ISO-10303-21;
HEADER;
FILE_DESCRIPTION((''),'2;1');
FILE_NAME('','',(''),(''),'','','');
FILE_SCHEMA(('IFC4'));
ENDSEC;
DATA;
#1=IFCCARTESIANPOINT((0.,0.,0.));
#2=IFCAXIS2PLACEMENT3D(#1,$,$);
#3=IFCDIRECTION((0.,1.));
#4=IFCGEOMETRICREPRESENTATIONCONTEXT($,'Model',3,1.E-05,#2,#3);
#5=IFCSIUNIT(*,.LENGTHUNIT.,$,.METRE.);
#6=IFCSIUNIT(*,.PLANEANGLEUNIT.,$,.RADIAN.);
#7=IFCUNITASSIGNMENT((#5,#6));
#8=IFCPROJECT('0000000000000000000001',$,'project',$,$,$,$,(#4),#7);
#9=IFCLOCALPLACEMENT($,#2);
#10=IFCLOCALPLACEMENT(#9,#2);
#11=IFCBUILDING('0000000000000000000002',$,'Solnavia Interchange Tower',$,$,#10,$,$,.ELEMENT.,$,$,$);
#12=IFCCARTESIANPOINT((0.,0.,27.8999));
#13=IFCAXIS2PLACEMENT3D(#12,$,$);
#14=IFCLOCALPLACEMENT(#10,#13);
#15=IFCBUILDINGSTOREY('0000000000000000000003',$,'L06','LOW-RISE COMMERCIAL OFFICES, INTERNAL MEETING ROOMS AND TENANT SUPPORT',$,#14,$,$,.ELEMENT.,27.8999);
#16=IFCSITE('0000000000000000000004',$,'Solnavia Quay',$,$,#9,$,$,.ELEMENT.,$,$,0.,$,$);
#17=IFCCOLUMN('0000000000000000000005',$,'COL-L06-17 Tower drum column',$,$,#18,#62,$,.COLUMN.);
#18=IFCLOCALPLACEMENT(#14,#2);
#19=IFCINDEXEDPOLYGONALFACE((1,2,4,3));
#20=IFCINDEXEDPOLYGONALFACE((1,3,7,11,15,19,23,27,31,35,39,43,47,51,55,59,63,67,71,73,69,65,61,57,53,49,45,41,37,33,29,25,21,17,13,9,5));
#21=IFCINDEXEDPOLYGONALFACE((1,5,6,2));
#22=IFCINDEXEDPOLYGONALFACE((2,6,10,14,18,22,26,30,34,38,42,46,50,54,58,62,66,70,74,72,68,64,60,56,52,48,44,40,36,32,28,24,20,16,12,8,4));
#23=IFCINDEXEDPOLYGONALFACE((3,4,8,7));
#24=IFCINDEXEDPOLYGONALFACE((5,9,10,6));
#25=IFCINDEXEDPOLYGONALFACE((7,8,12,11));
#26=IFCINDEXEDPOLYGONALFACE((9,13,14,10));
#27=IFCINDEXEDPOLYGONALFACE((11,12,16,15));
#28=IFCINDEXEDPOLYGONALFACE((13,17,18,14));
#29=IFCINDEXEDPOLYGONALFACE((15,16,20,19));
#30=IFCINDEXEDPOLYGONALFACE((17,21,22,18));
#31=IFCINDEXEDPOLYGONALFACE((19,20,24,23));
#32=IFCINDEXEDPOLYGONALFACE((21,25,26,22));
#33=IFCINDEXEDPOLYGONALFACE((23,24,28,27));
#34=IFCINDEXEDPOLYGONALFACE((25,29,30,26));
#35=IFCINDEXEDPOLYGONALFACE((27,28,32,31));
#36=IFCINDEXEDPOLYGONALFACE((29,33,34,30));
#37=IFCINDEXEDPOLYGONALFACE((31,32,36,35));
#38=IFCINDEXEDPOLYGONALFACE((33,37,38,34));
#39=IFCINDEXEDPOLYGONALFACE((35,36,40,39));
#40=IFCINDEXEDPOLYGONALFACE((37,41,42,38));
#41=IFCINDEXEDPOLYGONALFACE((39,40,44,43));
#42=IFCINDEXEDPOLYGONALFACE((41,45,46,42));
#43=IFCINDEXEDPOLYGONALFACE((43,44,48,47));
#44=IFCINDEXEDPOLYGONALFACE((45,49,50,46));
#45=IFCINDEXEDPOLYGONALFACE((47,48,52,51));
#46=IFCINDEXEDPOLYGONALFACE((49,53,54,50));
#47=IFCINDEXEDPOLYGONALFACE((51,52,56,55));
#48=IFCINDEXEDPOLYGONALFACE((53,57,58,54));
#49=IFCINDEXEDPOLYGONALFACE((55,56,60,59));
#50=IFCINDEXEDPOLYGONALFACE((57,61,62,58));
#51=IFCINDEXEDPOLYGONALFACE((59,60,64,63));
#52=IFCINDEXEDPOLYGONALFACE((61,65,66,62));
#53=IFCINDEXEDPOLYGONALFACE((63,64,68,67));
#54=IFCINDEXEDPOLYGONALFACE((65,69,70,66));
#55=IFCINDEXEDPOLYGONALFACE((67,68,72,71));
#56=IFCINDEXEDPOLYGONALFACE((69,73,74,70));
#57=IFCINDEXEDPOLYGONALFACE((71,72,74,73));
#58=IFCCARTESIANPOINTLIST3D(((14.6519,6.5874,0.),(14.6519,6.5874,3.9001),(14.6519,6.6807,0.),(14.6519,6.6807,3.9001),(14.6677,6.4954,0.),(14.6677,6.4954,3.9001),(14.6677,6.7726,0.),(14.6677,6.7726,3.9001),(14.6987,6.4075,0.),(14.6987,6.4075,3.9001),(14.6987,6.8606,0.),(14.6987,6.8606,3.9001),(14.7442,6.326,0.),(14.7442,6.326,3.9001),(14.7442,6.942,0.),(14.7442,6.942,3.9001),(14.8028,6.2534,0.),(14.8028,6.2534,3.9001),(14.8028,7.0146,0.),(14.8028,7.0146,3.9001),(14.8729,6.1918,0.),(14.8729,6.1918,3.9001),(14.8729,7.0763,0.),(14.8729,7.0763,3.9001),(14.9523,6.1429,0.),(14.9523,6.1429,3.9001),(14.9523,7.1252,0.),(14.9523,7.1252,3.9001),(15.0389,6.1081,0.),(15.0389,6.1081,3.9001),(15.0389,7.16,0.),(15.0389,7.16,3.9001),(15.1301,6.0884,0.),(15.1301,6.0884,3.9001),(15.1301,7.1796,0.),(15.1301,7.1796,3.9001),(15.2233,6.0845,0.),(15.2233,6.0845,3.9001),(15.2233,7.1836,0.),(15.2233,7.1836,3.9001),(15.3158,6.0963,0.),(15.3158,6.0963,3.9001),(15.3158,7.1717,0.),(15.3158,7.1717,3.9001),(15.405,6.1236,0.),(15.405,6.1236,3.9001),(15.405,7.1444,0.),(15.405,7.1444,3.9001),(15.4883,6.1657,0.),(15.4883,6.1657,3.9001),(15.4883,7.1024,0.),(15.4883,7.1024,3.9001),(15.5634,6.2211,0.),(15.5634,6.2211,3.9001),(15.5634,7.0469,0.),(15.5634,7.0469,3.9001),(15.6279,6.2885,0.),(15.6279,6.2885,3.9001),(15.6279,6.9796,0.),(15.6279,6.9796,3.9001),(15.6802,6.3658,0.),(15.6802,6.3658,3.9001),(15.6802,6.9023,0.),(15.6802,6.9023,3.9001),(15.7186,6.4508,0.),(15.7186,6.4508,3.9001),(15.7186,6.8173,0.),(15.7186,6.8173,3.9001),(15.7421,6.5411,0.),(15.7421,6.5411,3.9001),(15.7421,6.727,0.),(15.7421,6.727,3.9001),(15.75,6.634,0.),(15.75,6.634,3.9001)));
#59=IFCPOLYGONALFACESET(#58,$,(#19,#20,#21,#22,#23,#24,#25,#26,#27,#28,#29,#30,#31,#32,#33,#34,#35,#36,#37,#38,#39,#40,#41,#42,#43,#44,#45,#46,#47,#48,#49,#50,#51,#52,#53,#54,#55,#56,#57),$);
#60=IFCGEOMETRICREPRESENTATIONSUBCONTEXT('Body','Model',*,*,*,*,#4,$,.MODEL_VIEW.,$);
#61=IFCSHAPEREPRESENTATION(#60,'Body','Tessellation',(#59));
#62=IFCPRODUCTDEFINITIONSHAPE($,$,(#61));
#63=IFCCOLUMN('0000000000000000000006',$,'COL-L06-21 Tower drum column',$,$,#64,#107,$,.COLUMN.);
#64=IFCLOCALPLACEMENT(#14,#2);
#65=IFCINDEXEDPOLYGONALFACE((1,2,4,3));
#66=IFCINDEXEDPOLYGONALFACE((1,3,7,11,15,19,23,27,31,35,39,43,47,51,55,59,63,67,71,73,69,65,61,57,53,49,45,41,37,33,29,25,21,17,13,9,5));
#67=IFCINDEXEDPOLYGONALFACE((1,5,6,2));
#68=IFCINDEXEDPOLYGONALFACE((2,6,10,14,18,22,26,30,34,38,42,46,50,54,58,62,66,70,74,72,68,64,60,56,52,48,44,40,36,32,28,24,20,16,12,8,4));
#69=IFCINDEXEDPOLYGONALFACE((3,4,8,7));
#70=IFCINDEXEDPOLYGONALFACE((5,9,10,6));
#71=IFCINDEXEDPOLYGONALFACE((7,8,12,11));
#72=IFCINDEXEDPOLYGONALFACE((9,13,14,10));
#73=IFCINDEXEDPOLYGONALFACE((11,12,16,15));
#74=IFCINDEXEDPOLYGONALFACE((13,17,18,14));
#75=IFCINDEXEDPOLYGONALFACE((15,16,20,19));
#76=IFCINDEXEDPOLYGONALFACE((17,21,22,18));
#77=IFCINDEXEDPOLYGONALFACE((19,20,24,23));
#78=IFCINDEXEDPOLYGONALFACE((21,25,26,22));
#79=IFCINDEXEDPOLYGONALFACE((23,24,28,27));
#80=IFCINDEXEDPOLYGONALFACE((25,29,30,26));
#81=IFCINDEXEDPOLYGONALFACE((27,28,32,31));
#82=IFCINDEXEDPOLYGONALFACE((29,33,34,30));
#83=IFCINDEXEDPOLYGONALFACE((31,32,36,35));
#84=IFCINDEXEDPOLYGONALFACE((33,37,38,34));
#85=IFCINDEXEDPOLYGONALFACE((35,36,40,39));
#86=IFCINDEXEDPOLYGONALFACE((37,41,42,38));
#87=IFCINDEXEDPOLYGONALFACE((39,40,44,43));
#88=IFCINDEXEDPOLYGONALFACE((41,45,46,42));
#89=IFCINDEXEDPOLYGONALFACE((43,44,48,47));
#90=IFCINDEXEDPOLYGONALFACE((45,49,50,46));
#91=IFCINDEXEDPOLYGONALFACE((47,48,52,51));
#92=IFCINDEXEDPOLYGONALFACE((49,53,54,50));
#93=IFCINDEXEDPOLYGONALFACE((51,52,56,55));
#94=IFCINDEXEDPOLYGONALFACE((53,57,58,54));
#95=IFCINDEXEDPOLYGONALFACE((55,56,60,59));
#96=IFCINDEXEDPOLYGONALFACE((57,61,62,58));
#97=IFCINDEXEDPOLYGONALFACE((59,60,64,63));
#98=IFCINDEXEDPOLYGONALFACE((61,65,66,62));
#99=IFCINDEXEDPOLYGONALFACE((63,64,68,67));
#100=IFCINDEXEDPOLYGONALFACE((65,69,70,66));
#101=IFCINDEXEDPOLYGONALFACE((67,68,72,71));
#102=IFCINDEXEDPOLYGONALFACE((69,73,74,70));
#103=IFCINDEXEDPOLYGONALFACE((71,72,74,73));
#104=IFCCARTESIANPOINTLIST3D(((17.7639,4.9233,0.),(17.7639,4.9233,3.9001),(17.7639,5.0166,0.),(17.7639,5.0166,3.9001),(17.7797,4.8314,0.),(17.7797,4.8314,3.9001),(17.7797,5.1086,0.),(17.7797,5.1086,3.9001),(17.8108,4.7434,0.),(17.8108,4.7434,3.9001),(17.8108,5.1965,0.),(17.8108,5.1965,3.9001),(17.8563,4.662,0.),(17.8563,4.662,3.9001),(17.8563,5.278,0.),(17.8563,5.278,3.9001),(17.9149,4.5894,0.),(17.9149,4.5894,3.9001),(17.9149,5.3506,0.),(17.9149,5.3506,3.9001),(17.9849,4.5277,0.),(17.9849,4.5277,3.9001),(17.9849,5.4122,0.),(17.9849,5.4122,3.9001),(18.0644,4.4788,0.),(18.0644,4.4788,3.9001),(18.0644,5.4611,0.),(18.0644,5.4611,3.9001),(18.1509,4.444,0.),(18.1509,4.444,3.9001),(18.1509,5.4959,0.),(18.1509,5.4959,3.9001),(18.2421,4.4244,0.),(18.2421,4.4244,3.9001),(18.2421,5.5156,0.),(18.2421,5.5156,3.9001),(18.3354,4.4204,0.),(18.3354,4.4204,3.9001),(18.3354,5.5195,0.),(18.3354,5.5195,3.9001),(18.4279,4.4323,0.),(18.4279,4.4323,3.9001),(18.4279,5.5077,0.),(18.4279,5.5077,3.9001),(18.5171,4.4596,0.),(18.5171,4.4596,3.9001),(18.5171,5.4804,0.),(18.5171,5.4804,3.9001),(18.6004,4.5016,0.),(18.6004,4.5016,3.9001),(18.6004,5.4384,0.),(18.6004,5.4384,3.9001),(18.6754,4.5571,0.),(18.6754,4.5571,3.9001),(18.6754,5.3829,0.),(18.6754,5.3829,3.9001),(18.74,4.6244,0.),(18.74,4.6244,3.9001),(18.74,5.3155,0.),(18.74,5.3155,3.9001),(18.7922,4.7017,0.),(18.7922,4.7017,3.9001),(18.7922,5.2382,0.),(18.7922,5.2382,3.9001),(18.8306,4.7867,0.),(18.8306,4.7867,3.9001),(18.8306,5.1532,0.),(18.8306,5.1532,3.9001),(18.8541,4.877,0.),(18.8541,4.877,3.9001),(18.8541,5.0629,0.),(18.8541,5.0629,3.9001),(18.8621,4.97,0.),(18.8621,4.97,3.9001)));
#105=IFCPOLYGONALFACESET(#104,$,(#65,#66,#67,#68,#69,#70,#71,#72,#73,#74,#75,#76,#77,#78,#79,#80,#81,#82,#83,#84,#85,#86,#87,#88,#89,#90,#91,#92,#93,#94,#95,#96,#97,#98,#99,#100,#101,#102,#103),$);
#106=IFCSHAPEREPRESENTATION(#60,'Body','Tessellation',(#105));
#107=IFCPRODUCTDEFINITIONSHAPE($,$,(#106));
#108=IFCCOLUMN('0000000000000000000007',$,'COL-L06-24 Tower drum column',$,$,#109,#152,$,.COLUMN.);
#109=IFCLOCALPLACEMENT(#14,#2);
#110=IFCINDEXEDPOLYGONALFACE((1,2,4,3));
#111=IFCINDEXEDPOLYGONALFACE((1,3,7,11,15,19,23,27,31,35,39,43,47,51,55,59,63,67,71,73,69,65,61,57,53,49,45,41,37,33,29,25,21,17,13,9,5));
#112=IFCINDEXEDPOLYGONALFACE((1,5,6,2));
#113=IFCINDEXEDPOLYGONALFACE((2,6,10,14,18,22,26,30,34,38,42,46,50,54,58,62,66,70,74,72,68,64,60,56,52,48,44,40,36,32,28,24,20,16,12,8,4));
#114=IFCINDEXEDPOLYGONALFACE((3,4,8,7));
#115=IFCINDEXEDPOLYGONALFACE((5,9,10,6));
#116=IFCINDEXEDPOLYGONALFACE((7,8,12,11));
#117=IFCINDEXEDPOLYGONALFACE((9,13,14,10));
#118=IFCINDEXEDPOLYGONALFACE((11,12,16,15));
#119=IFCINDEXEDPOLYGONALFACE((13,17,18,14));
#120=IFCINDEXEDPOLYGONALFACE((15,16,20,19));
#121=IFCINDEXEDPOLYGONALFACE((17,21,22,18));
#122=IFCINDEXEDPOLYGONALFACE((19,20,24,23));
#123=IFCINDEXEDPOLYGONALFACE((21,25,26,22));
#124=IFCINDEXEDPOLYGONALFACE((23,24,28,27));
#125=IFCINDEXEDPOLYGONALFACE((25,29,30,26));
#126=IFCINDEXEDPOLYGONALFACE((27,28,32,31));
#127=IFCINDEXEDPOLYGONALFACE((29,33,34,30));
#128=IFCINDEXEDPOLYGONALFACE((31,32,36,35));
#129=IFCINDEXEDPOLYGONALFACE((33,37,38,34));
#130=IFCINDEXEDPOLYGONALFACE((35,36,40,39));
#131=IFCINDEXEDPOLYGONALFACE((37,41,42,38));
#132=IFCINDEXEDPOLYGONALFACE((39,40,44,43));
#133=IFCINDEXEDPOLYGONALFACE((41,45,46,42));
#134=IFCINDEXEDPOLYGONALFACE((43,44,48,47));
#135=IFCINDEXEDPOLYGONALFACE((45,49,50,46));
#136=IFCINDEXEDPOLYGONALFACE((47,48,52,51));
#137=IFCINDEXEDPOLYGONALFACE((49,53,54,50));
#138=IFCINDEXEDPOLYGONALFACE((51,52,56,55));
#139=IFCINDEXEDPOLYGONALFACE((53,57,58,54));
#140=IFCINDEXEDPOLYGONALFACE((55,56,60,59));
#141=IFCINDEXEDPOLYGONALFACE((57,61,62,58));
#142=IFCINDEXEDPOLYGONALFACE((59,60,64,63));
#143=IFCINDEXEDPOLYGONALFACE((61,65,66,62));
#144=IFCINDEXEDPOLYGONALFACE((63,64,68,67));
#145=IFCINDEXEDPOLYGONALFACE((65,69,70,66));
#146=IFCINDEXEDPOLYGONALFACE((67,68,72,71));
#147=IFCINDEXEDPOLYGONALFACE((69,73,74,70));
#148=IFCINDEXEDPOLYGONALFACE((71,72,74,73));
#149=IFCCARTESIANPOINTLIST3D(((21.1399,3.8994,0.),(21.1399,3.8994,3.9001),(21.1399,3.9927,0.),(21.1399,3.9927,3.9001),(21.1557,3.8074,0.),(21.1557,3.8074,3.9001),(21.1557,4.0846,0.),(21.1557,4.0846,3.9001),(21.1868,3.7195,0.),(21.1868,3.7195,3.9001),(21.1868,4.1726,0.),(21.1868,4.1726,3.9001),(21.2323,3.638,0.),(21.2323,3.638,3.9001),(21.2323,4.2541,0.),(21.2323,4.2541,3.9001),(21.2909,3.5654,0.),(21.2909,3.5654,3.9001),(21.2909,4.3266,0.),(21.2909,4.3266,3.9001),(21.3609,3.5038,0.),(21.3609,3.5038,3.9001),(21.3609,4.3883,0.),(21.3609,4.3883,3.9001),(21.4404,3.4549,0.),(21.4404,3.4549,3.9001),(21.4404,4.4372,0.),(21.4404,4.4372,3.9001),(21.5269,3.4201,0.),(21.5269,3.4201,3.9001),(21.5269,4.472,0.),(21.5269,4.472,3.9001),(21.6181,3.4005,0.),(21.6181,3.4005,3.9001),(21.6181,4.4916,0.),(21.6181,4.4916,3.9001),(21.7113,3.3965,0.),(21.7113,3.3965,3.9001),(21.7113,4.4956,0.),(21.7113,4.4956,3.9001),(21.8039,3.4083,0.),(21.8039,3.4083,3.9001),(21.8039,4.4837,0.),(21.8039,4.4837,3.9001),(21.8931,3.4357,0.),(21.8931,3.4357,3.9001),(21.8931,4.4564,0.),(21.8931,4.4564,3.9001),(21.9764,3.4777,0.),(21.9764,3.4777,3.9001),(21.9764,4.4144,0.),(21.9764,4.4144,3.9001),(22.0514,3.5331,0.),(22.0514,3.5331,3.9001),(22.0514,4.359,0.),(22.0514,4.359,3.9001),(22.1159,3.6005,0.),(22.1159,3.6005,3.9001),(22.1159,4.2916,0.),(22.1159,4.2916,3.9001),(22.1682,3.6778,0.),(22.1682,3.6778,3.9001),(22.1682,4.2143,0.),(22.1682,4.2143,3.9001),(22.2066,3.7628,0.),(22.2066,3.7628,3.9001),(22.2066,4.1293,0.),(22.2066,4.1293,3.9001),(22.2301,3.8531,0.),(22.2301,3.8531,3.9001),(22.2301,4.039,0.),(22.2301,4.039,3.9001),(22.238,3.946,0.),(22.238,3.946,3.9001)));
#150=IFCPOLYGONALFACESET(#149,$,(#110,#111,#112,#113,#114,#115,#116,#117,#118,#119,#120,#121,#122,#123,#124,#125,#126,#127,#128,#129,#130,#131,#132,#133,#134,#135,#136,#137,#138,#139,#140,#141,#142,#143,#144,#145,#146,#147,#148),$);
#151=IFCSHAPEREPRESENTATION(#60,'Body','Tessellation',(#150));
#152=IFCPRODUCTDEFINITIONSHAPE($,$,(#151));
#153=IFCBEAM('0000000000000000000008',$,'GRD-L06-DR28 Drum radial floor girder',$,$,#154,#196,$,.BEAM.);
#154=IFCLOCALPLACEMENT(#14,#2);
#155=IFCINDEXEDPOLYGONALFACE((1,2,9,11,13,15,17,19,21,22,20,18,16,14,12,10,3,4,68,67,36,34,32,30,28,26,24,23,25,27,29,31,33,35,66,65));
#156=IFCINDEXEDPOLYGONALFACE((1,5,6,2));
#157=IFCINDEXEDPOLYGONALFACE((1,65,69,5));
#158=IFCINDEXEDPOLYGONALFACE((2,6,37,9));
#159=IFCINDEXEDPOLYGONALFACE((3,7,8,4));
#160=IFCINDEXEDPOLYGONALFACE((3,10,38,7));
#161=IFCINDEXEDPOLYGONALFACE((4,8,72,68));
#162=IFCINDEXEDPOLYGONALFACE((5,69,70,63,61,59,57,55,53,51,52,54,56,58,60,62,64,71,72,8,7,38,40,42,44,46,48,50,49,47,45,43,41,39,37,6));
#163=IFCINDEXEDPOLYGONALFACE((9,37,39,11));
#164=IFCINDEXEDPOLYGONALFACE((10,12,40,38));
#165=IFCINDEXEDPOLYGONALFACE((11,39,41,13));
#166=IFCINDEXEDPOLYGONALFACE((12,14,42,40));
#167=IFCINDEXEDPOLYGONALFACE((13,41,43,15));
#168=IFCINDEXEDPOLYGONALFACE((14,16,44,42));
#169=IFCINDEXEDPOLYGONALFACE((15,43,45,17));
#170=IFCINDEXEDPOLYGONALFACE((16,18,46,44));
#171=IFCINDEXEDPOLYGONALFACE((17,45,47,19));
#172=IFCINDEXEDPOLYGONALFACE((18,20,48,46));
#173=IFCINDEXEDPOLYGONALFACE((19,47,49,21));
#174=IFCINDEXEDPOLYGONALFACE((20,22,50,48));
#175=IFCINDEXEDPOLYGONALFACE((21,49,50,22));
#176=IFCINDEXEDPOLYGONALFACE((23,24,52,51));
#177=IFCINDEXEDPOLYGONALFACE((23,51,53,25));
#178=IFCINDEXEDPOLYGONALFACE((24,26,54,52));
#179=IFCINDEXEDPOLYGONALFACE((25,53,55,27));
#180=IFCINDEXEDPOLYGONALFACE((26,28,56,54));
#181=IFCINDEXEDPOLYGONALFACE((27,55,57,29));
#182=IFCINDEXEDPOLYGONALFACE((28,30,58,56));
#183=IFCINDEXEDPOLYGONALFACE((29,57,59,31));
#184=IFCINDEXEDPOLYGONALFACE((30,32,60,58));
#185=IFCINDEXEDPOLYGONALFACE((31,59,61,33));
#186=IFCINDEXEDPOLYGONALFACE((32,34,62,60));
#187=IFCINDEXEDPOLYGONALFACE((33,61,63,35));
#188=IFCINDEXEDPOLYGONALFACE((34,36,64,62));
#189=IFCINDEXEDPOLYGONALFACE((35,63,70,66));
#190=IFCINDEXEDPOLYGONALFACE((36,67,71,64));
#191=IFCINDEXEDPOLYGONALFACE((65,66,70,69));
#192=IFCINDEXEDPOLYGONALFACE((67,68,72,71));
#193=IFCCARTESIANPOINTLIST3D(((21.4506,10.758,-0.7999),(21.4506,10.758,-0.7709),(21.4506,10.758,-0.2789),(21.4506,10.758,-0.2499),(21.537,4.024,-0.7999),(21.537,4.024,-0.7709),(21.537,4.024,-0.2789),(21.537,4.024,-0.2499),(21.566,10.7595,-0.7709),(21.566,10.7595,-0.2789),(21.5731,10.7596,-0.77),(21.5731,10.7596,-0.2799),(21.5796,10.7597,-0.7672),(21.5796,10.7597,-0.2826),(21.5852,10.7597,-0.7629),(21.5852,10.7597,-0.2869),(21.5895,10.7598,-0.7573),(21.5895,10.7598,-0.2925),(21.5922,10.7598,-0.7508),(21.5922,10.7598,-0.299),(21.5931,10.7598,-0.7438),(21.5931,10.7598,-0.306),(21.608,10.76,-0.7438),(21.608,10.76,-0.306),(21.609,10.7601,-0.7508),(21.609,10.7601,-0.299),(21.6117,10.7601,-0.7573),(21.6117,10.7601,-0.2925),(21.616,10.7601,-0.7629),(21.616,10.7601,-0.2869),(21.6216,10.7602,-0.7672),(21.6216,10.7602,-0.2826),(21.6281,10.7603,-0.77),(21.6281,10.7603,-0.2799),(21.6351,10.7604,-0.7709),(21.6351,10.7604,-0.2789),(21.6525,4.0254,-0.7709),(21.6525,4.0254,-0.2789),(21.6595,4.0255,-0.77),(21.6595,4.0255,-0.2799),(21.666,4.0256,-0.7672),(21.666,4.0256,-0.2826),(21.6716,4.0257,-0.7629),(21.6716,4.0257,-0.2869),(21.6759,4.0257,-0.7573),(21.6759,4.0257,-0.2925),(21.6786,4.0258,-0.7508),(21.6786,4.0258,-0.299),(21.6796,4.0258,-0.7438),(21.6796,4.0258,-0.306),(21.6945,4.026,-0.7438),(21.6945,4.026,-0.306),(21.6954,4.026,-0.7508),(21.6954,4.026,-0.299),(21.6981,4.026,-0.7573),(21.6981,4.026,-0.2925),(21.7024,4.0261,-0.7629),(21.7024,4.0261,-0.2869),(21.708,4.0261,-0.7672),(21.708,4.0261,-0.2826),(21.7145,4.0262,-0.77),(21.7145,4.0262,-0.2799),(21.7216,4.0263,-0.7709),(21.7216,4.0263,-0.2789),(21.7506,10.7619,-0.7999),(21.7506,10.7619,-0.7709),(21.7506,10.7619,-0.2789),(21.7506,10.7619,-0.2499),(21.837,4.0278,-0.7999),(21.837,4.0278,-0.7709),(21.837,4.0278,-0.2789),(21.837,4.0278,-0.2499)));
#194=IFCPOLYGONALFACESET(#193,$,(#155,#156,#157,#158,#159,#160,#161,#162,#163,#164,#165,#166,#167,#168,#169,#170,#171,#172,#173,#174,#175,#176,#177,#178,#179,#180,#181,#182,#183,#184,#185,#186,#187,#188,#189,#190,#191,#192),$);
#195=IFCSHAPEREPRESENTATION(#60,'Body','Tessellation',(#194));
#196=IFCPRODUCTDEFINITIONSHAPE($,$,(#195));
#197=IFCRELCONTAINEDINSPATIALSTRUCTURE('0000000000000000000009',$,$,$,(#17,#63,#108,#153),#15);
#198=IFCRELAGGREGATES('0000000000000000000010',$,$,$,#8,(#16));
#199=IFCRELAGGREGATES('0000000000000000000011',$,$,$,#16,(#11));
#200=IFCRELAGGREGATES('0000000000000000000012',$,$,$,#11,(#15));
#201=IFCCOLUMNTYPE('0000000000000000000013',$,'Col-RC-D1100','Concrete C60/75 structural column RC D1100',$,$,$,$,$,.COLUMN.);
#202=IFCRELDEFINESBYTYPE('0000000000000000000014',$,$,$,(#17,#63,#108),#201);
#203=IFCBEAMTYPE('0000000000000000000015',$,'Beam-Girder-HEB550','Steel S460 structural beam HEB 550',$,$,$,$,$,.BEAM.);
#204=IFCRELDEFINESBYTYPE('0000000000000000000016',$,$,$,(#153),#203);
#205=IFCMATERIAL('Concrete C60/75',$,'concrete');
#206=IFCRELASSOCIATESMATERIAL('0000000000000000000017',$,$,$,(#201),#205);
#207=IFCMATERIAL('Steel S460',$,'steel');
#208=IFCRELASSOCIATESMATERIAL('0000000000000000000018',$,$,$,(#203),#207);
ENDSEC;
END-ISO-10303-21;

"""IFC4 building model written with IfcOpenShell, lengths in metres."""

from ifc_helpers import new_model, si_unit, direction, frame, origin, origin_2d, place, context, subcontext, project, spatial, circle, i_section, extrude, material, material_profile, profile_set, type_object, element, save


model = new_model("IFC4")

# Units and contexts
model_context = context("Model", 3, precision=1e-05, world=origin(), true_north=direction((0.0, 1.0)))
body_context = subcontext(model_context, "Body", "Model", "MODEL_VIEW")
ifc_project = project(units=[si_unit("LENGTHUNIT", "METRE"), si_unit("PLANEANGLEUNIT", "RADIAN")], contexts=[model_context])

# Site, building, storey
site_placement = place(None, origin())
site = spatial("IfcSite", under=ifc_project, at=site_placement, Name="Solnavia Quay", CompositionType="ELEMENT", RefElevation=0.0)
building_placement = place(site_placement, origin())
building = spatial("IfcBuilding", under=site, at=building_placement, Name="Solnavia Interchange Tower", CompositionType="ELEMENT")
storey_placement = place(building_placement, frame((0.0, 0.0, 27.8999)))
storey = spatial("IfcBuildingStorey", under=building, at=storey_placement, Name="L06", Description="LOW-RISE COMMERCIAL OFFICES, INTERNAL MEETING ROOMS AND TENANT SUPPORT", CompositionType="ELEMENT", Elevation=27.8999)

# Columns
ifc_material_1 = material(Name="Concrete C60/75", Category="concrete")
ifc_material_profile_1 = material_profile(ifc_material_1, circle(Radius=0.55, at=origin_2d()), Name="RC D1100")
ifc_profile_set_1 = profile_set([ifc_material_profile_1], Name="Concrete C60/75")
column_type = type_object("IfcColumnType", Name="Col-RC-D1100", Description="Concrete C60/75 structural column RC D1100", PredefinedType="COLUMN", material=ifc_profile_set_1)
for number, where, z_axis, x_axis, name in (
    (1, (15.2, 6.634, 0.0), (0.0, 0.0, 1.0), (1.0, 0.0, 0.0), "COL-L06-17 Tower drum column"),
    (2, (18.312, 4.97, 0.0), (0.0, 0.0, 1.0), (1.0, 0.0, 0.0), "COL-L06-21 Tower drum column"),
    (3, (21.688, 3.946, 0.0), (0.0, 0.0, 1.0), (1.0, 0.0, 0.0), "COL-L06-24 Tower drum column"),
):
    element("IfcColumn", number, at=place(storey_placement, frame(where, z_axis=z_axis, x_axis=x_axis)), inside=storey, type_object=column_type, Name=name, PredefinedType="COLUMN", context=body_context, shape_type="SweptSolid", body=[
        extrude(circle(Radius=0.55, at=origin_2d()), origin(), (0.0, 0.0, 1.0), 3.9001),
    ])

# Beam
ifc_material_2 = material(Name="Steel S460", Category="steel")
ifc_material_profile_2 = material_profile(ifc_material_2, i_section(OverallWidth=0.3, OverallDepth=0.55, WebThickness=0.0149, FlangeThickness=0.0291, FilletRadius=0.0271, at=origin_2d()), Name="HEB 550")
ifc_profile_set_2 = profile_set([ifc_material_profile_2], Name="Steel S460")
beam_type_1 = type_object("IfcBeamType", Name="Beam-Girder-HEB550", Description="Steel S460 structural beam HEB 550", PredefinedType="BEAM", material=ifc_profile_set_2)
beam_1_placement = place(storey_placement, frame((21.687, 4.0259, -0.5249), z_axis=(-0.012833, 0.999918, 0.0), x_axis=(-0.999918, -0.012833, 0.0)))
element("IfcBeam", 4, at=beam_1_placement, inside=storey, type_object=beam_type_1, Name="GRD-L06-DR28 Drum radial floor girder", PredefinedType="BEAM", context=body_context, shape_type="SweptSolid", body=[
    extrude(i_section(OverallWidth=0.3, OverallDepth=0.55, WebThickness=0.0149, FlangeThickness=0.0291, FilletRadius=0.0271, at=origin_2d()), origin(), (0.0, 0.0, 1.0), 6.7346),
])

save(model, "model.ifc")
